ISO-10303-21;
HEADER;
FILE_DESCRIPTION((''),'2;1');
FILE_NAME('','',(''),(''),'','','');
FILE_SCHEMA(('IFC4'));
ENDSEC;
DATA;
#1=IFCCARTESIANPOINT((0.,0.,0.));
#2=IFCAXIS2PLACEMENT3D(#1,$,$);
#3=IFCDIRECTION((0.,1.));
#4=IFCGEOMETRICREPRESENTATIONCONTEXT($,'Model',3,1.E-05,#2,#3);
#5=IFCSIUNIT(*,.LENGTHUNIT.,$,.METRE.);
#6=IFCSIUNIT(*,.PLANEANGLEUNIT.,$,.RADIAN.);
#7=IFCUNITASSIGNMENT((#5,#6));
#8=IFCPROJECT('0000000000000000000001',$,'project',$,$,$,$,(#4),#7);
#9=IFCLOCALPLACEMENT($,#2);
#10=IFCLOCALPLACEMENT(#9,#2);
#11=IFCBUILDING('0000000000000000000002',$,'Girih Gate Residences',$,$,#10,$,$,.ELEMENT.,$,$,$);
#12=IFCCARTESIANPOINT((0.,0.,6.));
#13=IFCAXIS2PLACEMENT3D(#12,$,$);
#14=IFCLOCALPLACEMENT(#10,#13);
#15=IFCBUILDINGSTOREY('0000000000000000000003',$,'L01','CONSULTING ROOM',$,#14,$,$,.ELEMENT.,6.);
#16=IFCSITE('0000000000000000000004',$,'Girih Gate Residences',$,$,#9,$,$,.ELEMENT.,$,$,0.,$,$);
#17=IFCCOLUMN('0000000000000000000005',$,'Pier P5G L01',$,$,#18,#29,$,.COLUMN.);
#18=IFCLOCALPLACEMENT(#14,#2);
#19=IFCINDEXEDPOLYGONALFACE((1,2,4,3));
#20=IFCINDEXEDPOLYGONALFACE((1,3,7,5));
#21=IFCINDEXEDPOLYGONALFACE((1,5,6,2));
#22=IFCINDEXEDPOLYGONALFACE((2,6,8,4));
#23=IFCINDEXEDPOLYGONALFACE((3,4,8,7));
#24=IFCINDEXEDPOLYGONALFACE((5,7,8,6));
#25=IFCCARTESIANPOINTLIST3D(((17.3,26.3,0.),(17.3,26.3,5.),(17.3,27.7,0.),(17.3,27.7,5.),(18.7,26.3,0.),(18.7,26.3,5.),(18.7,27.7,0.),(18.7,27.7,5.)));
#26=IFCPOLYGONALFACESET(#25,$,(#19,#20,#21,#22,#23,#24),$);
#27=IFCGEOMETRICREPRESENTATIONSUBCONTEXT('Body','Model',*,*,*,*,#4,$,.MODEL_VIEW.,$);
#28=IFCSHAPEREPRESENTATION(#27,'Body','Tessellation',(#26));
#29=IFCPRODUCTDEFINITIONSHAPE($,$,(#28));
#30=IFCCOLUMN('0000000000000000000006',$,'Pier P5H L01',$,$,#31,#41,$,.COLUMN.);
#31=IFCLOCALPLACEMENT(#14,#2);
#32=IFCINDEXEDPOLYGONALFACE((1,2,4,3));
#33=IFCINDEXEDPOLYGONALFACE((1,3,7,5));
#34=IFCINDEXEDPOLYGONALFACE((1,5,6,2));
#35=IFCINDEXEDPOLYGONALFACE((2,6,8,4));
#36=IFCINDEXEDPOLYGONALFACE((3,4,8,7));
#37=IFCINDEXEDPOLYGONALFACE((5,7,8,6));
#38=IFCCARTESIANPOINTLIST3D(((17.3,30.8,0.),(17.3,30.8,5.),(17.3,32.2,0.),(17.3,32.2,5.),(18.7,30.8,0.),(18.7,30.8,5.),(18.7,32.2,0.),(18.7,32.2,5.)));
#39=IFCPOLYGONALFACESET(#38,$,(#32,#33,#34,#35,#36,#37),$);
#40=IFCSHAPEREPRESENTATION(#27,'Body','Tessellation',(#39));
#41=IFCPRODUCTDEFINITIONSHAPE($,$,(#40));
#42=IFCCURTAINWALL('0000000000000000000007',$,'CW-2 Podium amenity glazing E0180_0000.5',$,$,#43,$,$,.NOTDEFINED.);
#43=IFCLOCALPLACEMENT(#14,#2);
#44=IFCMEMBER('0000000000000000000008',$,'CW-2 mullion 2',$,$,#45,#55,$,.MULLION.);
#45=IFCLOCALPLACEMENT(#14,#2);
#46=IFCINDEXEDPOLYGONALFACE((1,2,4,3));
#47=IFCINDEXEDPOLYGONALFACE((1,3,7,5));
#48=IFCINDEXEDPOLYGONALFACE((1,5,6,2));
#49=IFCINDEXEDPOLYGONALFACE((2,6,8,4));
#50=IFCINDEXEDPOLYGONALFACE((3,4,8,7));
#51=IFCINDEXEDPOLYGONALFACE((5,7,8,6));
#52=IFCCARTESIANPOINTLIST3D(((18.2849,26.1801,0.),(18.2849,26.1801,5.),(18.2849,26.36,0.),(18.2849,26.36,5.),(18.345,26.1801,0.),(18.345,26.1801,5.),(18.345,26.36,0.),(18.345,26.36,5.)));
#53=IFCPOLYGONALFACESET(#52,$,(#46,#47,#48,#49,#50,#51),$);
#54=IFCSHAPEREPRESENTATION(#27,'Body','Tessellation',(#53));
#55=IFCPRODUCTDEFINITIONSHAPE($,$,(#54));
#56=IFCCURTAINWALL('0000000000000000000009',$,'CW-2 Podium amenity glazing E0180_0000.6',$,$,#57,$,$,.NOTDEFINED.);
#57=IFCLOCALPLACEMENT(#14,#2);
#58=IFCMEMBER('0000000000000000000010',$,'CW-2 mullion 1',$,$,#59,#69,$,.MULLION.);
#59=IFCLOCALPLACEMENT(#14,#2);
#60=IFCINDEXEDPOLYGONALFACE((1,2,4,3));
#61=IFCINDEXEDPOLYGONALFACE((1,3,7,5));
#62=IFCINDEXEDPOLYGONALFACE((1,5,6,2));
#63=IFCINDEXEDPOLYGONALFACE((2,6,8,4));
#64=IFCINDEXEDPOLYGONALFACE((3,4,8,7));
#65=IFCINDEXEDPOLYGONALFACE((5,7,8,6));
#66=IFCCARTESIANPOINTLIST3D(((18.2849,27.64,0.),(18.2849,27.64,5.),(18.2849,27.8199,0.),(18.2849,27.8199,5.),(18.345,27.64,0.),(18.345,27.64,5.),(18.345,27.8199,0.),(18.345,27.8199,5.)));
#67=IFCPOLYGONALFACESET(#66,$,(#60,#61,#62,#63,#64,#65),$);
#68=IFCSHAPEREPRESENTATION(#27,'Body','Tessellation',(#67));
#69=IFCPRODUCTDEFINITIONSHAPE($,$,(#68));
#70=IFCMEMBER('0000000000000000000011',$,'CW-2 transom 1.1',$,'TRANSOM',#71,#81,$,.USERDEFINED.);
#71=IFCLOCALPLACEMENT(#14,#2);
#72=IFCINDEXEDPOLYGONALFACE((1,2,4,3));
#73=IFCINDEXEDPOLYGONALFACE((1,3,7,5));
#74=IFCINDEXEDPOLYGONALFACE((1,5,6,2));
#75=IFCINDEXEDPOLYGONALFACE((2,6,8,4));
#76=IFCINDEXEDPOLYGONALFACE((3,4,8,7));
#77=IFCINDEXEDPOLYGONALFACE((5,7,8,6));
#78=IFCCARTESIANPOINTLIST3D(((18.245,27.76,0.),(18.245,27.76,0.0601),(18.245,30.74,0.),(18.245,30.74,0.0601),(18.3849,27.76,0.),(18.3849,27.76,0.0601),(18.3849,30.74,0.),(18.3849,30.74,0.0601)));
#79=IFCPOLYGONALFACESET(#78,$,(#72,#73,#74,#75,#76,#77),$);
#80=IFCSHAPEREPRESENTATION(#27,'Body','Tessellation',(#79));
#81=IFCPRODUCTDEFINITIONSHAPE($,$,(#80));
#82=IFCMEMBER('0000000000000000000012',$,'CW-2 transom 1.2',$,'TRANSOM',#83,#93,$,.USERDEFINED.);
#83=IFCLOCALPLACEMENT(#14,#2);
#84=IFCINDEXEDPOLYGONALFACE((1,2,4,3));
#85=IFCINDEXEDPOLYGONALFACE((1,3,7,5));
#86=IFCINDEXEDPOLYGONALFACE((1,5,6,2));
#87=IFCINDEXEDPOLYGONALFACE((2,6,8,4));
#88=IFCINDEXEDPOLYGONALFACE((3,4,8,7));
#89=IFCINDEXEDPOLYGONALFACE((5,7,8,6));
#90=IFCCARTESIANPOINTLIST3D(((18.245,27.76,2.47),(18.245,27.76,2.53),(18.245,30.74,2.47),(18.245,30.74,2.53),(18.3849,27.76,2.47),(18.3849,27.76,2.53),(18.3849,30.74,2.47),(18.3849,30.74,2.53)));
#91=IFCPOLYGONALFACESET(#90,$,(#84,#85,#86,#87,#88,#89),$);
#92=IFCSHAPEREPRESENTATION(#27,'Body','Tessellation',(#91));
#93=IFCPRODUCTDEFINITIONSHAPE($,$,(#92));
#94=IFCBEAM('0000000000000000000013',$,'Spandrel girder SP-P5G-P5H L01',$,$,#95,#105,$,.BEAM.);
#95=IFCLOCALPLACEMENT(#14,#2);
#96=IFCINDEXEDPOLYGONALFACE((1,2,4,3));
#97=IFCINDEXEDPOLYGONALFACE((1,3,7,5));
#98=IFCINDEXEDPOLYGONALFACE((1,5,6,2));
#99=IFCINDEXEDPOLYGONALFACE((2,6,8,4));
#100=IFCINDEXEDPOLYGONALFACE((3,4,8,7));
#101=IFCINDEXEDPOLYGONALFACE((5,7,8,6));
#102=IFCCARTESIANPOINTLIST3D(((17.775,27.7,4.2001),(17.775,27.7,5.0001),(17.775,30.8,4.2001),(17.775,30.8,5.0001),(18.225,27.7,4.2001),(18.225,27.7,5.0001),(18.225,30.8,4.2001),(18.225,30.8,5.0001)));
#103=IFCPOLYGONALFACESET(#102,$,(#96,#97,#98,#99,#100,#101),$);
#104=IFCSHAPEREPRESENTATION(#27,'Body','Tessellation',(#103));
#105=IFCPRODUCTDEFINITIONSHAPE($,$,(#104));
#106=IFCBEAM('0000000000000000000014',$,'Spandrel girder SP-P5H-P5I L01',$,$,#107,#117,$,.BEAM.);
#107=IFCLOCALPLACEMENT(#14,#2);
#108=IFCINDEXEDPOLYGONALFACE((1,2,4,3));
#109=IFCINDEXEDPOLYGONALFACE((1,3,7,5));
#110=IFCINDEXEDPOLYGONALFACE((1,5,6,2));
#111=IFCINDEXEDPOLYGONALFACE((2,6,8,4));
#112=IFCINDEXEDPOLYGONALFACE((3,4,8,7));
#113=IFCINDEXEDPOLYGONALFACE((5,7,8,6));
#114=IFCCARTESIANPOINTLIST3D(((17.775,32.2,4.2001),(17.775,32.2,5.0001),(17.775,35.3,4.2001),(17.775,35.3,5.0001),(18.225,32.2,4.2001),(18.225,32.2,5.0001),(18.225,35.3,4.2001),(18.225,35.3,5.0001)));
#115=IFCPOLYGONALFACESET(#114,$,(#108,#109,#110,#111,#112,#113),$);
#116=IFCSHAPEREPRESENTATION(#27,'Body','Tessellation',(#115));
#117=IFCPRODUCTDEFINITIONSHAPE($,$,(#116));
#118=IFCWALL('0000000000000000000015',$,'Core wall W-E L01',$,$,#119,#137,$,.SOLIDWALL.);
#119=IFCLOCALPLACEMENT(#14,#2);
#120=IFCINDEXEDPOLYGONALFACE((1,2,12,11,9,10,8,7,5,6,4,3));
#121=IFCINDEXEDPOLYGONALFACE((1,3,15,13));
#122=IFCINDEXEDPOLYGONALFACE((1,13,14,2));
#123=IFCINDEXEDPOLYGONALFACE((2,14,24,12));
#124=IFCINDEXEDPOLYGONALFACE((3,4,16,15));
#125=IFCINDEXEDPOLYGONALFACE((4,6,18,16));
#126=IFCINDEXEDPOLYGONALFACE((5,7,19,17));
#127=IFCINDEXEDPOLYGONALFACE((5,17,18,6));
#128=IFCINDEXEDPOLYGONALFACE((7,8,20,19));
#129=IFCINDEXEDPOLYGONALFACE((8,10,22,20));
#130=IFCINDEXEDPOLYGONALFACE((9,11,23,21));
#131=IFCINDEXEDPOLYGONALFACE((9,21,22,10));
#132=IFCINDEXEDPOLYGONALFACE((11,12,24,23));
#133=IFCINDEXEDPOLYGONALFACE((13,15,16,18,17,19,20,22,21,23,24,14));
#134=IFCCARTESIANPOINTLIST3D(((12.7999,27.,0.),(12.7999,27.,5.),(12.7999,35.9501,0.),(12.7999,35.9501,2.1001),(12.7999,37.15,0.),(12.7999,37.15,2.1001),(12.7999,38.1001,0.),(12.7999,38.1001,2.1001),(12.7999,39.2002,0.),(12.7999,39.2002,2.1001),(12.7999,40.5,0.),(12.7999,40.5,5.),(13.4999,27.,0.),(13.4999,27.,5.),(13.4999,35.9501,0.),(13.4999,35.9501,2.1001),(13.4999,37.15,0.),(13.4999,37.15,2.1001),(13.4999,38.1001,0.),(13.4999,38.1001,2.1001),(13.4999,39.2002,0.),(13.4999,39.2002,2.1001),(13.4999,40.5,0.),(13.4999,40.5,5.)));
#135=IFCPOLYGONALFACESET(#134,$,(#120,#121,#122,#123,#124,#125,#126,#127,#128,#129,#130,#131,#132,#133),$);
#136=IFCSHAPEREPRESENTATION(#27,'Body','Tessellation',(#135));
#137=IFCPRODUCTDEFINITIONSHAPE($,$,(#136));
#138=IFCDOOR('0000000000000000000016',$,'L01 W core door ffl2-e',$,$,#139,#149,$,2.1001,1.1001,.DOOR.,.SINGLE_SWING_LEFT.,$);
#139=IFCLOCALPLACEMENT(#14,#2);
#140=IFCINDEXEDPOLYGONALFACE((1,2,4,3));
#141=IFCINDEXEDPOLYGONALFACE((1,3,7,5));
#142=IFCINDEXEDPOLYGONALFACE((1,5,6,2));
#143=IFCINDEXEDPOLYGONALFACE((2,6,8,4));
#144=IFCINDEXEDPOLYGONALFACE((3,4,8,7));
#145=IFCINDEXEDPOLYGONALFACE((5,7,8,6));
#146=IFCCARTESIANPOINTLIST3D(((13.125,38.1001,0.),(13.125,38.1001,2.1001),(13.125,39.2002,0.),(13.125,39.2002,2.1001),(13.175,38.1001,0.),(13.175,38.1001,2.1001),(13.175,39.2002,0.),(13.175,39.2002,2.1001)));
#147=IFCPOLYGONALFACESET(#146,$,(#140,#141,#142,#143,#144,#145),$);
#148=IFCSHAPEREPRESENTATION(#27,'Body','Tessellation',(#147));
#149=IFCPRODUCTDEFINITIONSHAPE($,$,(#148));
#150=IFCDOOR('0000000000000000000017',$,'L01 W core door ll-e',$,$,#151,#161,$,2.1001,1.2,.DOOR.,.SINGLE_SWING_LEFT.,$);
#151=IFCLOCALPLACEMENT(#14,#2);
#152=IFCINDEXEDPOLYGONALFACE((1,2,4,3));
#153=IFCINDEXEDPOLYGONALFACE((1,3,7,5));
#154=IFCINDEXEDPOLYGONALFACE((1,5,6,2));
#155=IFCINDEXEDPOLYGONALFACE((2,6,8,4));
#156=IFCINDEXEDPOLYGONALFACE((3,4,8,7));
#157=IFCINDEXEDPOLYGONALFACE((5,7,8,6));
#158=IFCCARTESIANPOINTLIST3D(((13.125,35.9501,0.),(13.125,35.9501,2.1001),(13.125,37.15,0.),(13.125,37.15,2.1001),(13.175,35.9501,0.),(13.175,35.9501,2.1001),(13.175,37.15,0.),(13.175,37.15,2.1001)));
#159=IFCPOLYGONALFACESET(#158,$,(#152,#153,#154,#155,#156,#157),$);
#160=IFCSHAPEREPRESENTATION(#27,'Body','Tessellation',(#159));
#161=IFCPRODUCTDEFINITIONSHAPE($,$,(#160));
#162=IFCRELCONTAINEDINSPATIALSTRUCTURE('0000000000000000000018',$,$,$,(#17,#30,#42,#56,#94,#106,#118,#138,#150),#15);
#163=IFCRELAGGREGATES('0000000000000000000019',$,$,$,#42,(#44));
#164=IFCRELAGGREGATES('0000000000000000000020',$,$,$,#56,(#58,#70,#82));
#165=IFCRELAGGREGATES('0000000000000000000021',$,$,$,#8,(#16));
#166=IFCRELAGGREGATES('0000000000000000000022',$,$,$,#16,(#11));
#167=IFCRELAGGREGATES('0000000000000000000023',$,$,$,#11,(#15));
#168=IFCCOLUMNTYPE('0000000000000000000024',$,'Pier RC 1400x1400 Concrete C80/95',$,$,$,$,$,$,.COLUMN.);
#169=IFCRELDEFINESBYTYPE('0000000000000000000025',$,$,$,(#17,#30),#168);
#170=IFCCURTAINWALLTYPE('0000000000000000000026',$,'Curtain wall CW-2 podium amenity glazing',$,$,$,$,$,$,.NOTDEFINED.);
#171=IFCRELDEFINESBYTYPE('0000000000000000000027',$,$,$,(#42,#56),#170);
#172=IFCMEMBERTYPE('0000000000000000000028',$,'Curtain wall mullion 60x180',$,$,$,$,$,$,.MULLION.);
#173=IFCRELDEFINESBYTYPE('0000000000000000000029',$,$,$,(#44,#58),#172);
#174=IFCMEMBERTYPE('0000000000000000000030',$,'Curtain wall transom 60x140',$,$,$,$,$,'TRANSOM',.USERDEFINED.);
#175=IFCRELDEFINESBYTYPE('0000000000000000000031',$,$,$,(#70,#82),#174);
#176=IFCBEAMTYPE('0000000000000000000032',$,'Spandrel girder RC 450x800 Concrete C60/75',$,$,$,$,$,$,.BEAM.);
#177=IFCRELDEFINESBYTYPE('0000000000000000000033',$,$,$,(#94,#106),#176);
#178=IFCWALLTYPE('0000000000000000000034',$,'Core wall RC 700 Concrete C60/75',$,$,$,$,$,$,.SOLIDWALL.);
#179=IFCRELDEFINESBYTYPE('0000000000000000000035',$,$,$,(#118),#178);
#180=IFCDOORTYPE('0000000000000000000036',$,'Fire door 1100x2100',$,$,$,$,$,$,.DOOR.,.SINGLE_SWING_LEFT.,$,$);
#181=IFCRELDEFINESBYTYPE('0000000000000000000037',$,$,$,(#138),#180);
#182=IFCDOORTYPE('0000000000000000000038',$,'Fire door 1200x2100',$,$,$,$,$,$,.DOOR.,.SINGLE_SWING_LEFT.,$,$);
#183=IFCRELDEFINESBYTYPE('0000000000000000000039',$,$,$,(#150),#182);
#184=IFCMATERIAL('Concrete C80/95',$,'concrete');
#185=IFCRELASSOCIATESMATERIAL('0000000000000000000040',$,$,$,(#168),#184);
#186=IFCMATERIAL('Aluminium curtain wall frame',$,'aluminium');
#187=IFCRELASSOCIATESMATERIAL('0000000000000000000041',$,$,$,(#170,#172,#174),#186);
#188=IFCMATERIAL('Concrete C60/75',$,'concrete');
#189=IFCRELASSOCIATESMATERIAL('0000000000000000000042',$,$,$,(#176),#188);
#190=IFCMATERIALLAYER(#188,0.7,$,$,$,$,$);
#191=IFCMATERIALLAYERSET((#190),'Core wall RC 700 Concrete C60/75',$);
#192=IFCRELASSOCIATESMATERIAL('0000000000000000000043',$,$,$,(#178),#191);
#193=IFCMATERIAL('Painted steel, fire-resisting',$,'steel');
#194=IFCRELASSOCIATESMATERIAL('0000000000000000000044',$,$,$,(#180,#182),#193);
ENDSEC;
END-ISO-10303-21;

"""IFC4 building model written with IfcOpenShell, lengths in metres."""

from ifc_helpers import new_model, si_unit, direction, frame, frame_2d, origin, origin_2d, place, context, subcontext, project, spatial, rectangle, extrude, material, layer, layer_set, material_profile, profile_set, type_object, element, fill, aggregate, save


model = new_model("IFC4")

# Units and contexts
model_context = context("Model", 3, precision=1e-05, world=origin(), true_north=direction((0.0, 1.0)))
body_context = subcontext(model_context, "Body", "Model", "MODEL_VIEW")
ifc_project = project(units=[si_unit("LENGTHUNIT", "METRE"), si_unit("PLANEANGLEUNIT", "RADIAN")], contexts=[model_context])

# Site, building, storey
site_placement = place(None, origin())
site = spatial("IfcSite", under=ifc_project, at=site_placement, Name="Girih Gate Residences", CompositionType="ELEMENT", RefElevation=0.0)
building_placement = place(site_placement, origin())
building = spatial("IfcBuilding", under=site, at=building_placement, Name="Girih Gate Residences", CompositionType="ELEMENT")
storey_placement = place(building_placement, frame((0.0, 0.0, 6.0)))
storey = spatial("IfcBuildingStorey", under=building, at=storey_placement, Name="L01", Description="CONSULTING ROOM", CompositionType="ELEMENT", Elevation=6.0)

# Columns
ifc_material_1 = material(Name="Concrete C80/95", Category="concrete")
ifc_material_profile_1 = material_profile(ifc_material_1, rectangle(XDim=1.3999, YDim=1.3999, at=origin_2d()))
ifc_profile_set_1 = profile_set([ifc_material_profile_1], Name="Concrete C80/95")
column_type = type_object("IfcColumnType", Name="Pier RC 1400x1400 Concrete C80/95", PredefinedType="COLUMN", material=ifc_profile_set_1)
for number, where, z_axis, x_axis, name in (
    (1, (18.0, 27.0, 0.0), (0.0, 0.0, 1.0), (1.0, 0.0, 0.0), "Pier P5G L01"),
    (2, (18.0, 31.5, 0.0), (0.0, 0.0, 1.0), (1.0, 0.0, 0.0), "Pier P5H L01"),
):
    element("IfcColumn", number, at=place(storey_placement, frame(where, z_axis=z_axis, x_axis=x_axis)), inside=storey, type_object=column_type, Name=name, PredefinedType="COLUMN", context=body_context, shape_type="SweptSolid", body=[
        extrude(rectangle(XDim=1.3999, YDim=1.3999, at=origin_2d()), origin(), (0.0, 0.0, 1.0), 5.0),
    ])

# Curtain wall, member
ifc_material_2 = material(Name="Aluminium curtain wall frame", Category="aluminium")
curtain_wall_type = type_object("IfcCurtainWallType", Name="Curtain wall CW-2 podium amenity glazing", PredefinedType="NOTDEFINED", material=ifc_material_2)
curtain_wall_1_placement = place(storey_placement, origin())
curtain_wall_1 = element("IfcCurtainWall", 3, at=curtain_wall_1_placement, inside=storey, type_object=curtain_wall_type, Name="CW-2 Podium amenity glazing E0180_0000.5", PredefinedType="NOTDEFINED")
ifc_material_profile_2 = material_profile(ifc_material_2, rectangle(XDim=0.0601, YDim=0.1799, at=origin_2d()))
ifc_profile_set_2 = profile_set([ifc_material_profile_2], Name="Aluminium curtain wall frame")
member_type_1 = type_object("IfcMemberType", Name="Curtain wall mullion 60x180", PredefinedType="MULLION", material=ifc_profile_set_2)
member_1_placement = place(storey_placement, frame((18.3149, 26.27, 0.0), z_axis=(0.0, 0.0, 1.0), x_axis=(-1.0, 0.0, 0.0)))
member_1 = element("IfcMember", 4, at=member_1_placement, type_object=member_type_1, Name="CW-2 mullion 2", PredefinedType="MULLION", context=body_context, shape_type="SweptSolid", body=[
    extrude(rectangle(XDim=0.0601, YDim=0.1799, at=origin_2d()), origin(), (0.0, 0.0, 1.0), 5.0),
])
aggregate(curtain_wall_1, [member_1])

# Curtain wall, members
curtain_wall_2_placement = place(storey_placement, origin())
curtain_wall_2 = element("IfcCurtainWall", 5, at=curtain_wall_2_placement, inside=storey, type_object=curtain_wall_type, Name="CW-2 Podium amenity glazing E0180_0000.6", PredefinedType="NOTDEFINED")
member_2_placement = place(storey_placement, frame((18.3149, 27.73, 0.0), z_axis=(0.0, 0.0, 1.0), x_axis=(-1.0, 0.0, 0.0)))
member_2 = element("IfcMember", 6, at=member_2_placement, type_object=member_type_1, Name="CW-2 mullion 1", PredefinedType="MULLION", context=body_context, shape_type="SweptSolid", body=[
    extrude(rectangle(XDim=0.0601, YDim=0.1799, at=origin_2d()), origin(), (0.0, 0.0, 1.0), 5.0),
])
ifc_material_profile_3 = material_profile(ifc_material_2, rectangle(XDim=0.1399, YDim=0.0601, at=origin_2d()))
ifc_profile_set_3 = profile_set([ifc_material_profile_3], Name="Aluminium curtain wall frame")
member_type_2 = type_object("IfcMemberType", Name="Curtain wall transom 60x140", ElementType="TRANSOM", PredefinedType="USERDEFINED", material=ifc_profile_set_3)
member_3_placement = place(storey_placement, frame((18.3149, 27.76, 0.03), z_axis=(0.0, 1.0, 0.0), x_axis=(-1.0, 0.0, 0.0)))
member_3 = element("IfcMember", 7, at=member_3_placement, type_object=member_type_2, Name="CW-2 transom 1.1", ObjectType="TRANSOM", PredefinedType="USERDEFINED", context=body_context, shape_type="SweptSolid", body=[
    extrude(rectangle(XDim=0.1399, YDim=0.0601, at=origin_2d()), origin(), (0.0, 0.0, 1.0), 2.98),
])
member_4_placement = place(storey_placement, frame((18.3149, 27.76, 2.5), z_axis=(0.0, 1.0, 0.0), x_axis=(-1.0, 0.0, 0.0)))
member_4 = element("IfcMember", 8, at=member_4_placement, type_object=member_type_2, Name="CW-2 transom 1.2", ObjectType="TRANSOM", PredefinedType="USERDEFINED", context=body_context, shape_type="SweptSolid", body=[
    extrude(rectangle(XDim=0.1399, YDim=0.0601, at=origin_2d()), origin(), (0.0, 0.0, 1.0), 2.98),
])
aggregate(curtain_wall_2, [member_2, member_3, member_4])

# Beams
ifc_material_3 = material(Name="Concrete C60/75", Category="concrete")
ifc_material_profile_4 = material_profile(ifc_material_3, rectangle(XDim=0.45, YDim=0.8, at=origin_2d()))
ifc_profile_set_4 = profile_set([ifc_material_profile_4], Name="Concrete C60/75")
beam_type = type_object("IfcBeamType", Name="Spandrel girder RC 450x800 Concrete C60/75", PredefinedType="BEAM", material=ifc_profile_set_4)
for number, where, z_axis, x_axis, name in (
    (9, (18.0, 27.7, 4.6001), (0.0, 1.0, 0.0), (-1.0, 0.0, 0.0), "Spandrel girder SP-P5G-P5H L01"),
    (10, (18.0, 32.2, 4.6001), (0.0, 1.0, 0.0), (-1.0, 0.0, 0.0), "Spandrel girder SP-P5H-P5I L01"),
):
    element("IfcBeam", number, at=place(storey_placement, frame(where, z_axis=z_axis, x_axis=x_axis)), inside=storey, type_object=beam_type, Name=name, PredefinedType="BEAM", context=body_context, shape_type="SweptSolid", body=[
        extrude(rectangle(XDim=0.45, YDim=0.8, at=origin_2d()), origin(), (0.0, 0.0, 1.0), 3.1001),
    ])

# Wall, openings, doors
ifc_layer_1 = layer(ifc_material_3, 0.7)
ifc_layer_set_1 = layer_set([ifc_layer_1], Name="Core wall RC 700 Concrete C60/75")
wall_type_1 = type_object("IfcWallType", Name="Core wall RC 700 Concrete C60/75", PredefinedType="SOLIDWALL", material=ifc_layer_set_1)
wall_1_placement = place(storey_placement, frame((13.1499, 27.0, 0.0), z_axis=(0.0, 0.0, 1.0), x_axis=(0.0, 1.0, 0.0)))
wall_1 = element("IfcWall", 11, at=wall_1_placement, inside=storey, type_object=wall_type_1, Name="Core wall W-E L01", PredefinedType="SOLIDWALL", context=body_context, shape_type="SweptSolid", body=[
    extrude(rectangle(XDim=13.5, YDim=0.7, at=frame_2d((6.75, 0.0))), origin(), (0.0, 0.0, 1.0), 5.0),
])
opening_1_placement = place(wall_1_placement, frame((11.1001, 0.0, 0.0)))
opening_1 = element("IfcOpeningElement", 12, at=opening_1_placement, cuts=wall_1, PredefinedType="OPENING", context=body_context, shape_type="SweptSolid", body=[
    extrude(rectangle(XDim=1.1001, YDim=2.1001, at=frame_2d((0.55, 1.05))), frame((0.0, 0.3599, 0.0), z_axis=(0.0, -1.0, 0.0), x_axis=(1.0, 0.0, 0.0)), (0.0, 0.0, 1.0), 0.72),
])
opening_2_placement = place(wall_1_placement, frame((8.95, 0.0, 0.0)))
opening_2 = element("IfcOpeningElement", 13, at=opening_2_placement, cuts=wall_1, PredefinedType="OPENING", context=body_context, shape_type="SweptSolid", body=[
    extrude(rectangle(XDim=1.2, YDim=2.1001, at=frame_2d((0.6001, 1.05))), frame((0.0, 0.3599, 0.0), z_axis=(0.0, -1.0, 0.0), x_axis=(1.0, 0.0, 0.0)), (0.0, 0.0, 1.0), 0.72),
])
ifc_material_4 = material(Name="Painted steel, fire-resisting", Category="steel")
door_type_1 = type_object("IfcDoorType", Name="Fire door 1100x2100", OperationType="SINGLE_SWING_LEFT", PredefinedType="DOOR", material=ifc_material_4)
door_1_placement = place(opening_1_placement, origin())
door_1 = element("IfcDoor", 14, at=door_1_placement, inside=storey, type_object=door_type_1, Name="L01 W core door ffl2-e", OperationType="SINGLE_SWING_LEFT", OverallHeight=2.1001, OverallWidth=1.1001, PredefinedType="DOOR", context=body_context, shape_type="SweptSolid", body=[
    extrude(rectangle(XDim=1.1001, YDim=2.1001, at=frame_2d((0.55, 1.05))), frame((0.0, 0.0249, 0.0), z_axis=(0.0, -1.0, 0.0), x_axis=(1.0, 0.0, 0.0)), (0.0, 0.0, 1.0), 0.05),
])
fill(opening_1, door_1)
door_type_2 = type_object("IfcDoorType", Name="Fire door 1200x2100", OperationType="SINGLE_SWING_LEFT", PredefinedType="DOOR", material=ifc_material_4)
door_2_placement = place(opening_2_placement, origin())
door_2 = element("IfcDoor", 15, at=door_2_placement, inside=storey, type_object=door_type_2, Name="L01 W core door ll-e", OperationType="SINGLE_SWING_LEFT", OverallHeight=2.1001, OverallWidth=1.2, PredefinedType="DOOR", context=body_context, shape_type="SweptSolid", body=[
    extrude(rectangle(XDim=1.2, YDim=2.1001, at=frame_2d((0.6001, 1.05))), frame((0.0, 0.0249, 0.0), z_axis=(0.0, -1.0, 0.0), x_axis=(1.0, 0.0, 0.0)), (0.0, 0.0, 1.0), 0.05),
])
fill(opening_2, door_2)

save(model, "model.ifc")
